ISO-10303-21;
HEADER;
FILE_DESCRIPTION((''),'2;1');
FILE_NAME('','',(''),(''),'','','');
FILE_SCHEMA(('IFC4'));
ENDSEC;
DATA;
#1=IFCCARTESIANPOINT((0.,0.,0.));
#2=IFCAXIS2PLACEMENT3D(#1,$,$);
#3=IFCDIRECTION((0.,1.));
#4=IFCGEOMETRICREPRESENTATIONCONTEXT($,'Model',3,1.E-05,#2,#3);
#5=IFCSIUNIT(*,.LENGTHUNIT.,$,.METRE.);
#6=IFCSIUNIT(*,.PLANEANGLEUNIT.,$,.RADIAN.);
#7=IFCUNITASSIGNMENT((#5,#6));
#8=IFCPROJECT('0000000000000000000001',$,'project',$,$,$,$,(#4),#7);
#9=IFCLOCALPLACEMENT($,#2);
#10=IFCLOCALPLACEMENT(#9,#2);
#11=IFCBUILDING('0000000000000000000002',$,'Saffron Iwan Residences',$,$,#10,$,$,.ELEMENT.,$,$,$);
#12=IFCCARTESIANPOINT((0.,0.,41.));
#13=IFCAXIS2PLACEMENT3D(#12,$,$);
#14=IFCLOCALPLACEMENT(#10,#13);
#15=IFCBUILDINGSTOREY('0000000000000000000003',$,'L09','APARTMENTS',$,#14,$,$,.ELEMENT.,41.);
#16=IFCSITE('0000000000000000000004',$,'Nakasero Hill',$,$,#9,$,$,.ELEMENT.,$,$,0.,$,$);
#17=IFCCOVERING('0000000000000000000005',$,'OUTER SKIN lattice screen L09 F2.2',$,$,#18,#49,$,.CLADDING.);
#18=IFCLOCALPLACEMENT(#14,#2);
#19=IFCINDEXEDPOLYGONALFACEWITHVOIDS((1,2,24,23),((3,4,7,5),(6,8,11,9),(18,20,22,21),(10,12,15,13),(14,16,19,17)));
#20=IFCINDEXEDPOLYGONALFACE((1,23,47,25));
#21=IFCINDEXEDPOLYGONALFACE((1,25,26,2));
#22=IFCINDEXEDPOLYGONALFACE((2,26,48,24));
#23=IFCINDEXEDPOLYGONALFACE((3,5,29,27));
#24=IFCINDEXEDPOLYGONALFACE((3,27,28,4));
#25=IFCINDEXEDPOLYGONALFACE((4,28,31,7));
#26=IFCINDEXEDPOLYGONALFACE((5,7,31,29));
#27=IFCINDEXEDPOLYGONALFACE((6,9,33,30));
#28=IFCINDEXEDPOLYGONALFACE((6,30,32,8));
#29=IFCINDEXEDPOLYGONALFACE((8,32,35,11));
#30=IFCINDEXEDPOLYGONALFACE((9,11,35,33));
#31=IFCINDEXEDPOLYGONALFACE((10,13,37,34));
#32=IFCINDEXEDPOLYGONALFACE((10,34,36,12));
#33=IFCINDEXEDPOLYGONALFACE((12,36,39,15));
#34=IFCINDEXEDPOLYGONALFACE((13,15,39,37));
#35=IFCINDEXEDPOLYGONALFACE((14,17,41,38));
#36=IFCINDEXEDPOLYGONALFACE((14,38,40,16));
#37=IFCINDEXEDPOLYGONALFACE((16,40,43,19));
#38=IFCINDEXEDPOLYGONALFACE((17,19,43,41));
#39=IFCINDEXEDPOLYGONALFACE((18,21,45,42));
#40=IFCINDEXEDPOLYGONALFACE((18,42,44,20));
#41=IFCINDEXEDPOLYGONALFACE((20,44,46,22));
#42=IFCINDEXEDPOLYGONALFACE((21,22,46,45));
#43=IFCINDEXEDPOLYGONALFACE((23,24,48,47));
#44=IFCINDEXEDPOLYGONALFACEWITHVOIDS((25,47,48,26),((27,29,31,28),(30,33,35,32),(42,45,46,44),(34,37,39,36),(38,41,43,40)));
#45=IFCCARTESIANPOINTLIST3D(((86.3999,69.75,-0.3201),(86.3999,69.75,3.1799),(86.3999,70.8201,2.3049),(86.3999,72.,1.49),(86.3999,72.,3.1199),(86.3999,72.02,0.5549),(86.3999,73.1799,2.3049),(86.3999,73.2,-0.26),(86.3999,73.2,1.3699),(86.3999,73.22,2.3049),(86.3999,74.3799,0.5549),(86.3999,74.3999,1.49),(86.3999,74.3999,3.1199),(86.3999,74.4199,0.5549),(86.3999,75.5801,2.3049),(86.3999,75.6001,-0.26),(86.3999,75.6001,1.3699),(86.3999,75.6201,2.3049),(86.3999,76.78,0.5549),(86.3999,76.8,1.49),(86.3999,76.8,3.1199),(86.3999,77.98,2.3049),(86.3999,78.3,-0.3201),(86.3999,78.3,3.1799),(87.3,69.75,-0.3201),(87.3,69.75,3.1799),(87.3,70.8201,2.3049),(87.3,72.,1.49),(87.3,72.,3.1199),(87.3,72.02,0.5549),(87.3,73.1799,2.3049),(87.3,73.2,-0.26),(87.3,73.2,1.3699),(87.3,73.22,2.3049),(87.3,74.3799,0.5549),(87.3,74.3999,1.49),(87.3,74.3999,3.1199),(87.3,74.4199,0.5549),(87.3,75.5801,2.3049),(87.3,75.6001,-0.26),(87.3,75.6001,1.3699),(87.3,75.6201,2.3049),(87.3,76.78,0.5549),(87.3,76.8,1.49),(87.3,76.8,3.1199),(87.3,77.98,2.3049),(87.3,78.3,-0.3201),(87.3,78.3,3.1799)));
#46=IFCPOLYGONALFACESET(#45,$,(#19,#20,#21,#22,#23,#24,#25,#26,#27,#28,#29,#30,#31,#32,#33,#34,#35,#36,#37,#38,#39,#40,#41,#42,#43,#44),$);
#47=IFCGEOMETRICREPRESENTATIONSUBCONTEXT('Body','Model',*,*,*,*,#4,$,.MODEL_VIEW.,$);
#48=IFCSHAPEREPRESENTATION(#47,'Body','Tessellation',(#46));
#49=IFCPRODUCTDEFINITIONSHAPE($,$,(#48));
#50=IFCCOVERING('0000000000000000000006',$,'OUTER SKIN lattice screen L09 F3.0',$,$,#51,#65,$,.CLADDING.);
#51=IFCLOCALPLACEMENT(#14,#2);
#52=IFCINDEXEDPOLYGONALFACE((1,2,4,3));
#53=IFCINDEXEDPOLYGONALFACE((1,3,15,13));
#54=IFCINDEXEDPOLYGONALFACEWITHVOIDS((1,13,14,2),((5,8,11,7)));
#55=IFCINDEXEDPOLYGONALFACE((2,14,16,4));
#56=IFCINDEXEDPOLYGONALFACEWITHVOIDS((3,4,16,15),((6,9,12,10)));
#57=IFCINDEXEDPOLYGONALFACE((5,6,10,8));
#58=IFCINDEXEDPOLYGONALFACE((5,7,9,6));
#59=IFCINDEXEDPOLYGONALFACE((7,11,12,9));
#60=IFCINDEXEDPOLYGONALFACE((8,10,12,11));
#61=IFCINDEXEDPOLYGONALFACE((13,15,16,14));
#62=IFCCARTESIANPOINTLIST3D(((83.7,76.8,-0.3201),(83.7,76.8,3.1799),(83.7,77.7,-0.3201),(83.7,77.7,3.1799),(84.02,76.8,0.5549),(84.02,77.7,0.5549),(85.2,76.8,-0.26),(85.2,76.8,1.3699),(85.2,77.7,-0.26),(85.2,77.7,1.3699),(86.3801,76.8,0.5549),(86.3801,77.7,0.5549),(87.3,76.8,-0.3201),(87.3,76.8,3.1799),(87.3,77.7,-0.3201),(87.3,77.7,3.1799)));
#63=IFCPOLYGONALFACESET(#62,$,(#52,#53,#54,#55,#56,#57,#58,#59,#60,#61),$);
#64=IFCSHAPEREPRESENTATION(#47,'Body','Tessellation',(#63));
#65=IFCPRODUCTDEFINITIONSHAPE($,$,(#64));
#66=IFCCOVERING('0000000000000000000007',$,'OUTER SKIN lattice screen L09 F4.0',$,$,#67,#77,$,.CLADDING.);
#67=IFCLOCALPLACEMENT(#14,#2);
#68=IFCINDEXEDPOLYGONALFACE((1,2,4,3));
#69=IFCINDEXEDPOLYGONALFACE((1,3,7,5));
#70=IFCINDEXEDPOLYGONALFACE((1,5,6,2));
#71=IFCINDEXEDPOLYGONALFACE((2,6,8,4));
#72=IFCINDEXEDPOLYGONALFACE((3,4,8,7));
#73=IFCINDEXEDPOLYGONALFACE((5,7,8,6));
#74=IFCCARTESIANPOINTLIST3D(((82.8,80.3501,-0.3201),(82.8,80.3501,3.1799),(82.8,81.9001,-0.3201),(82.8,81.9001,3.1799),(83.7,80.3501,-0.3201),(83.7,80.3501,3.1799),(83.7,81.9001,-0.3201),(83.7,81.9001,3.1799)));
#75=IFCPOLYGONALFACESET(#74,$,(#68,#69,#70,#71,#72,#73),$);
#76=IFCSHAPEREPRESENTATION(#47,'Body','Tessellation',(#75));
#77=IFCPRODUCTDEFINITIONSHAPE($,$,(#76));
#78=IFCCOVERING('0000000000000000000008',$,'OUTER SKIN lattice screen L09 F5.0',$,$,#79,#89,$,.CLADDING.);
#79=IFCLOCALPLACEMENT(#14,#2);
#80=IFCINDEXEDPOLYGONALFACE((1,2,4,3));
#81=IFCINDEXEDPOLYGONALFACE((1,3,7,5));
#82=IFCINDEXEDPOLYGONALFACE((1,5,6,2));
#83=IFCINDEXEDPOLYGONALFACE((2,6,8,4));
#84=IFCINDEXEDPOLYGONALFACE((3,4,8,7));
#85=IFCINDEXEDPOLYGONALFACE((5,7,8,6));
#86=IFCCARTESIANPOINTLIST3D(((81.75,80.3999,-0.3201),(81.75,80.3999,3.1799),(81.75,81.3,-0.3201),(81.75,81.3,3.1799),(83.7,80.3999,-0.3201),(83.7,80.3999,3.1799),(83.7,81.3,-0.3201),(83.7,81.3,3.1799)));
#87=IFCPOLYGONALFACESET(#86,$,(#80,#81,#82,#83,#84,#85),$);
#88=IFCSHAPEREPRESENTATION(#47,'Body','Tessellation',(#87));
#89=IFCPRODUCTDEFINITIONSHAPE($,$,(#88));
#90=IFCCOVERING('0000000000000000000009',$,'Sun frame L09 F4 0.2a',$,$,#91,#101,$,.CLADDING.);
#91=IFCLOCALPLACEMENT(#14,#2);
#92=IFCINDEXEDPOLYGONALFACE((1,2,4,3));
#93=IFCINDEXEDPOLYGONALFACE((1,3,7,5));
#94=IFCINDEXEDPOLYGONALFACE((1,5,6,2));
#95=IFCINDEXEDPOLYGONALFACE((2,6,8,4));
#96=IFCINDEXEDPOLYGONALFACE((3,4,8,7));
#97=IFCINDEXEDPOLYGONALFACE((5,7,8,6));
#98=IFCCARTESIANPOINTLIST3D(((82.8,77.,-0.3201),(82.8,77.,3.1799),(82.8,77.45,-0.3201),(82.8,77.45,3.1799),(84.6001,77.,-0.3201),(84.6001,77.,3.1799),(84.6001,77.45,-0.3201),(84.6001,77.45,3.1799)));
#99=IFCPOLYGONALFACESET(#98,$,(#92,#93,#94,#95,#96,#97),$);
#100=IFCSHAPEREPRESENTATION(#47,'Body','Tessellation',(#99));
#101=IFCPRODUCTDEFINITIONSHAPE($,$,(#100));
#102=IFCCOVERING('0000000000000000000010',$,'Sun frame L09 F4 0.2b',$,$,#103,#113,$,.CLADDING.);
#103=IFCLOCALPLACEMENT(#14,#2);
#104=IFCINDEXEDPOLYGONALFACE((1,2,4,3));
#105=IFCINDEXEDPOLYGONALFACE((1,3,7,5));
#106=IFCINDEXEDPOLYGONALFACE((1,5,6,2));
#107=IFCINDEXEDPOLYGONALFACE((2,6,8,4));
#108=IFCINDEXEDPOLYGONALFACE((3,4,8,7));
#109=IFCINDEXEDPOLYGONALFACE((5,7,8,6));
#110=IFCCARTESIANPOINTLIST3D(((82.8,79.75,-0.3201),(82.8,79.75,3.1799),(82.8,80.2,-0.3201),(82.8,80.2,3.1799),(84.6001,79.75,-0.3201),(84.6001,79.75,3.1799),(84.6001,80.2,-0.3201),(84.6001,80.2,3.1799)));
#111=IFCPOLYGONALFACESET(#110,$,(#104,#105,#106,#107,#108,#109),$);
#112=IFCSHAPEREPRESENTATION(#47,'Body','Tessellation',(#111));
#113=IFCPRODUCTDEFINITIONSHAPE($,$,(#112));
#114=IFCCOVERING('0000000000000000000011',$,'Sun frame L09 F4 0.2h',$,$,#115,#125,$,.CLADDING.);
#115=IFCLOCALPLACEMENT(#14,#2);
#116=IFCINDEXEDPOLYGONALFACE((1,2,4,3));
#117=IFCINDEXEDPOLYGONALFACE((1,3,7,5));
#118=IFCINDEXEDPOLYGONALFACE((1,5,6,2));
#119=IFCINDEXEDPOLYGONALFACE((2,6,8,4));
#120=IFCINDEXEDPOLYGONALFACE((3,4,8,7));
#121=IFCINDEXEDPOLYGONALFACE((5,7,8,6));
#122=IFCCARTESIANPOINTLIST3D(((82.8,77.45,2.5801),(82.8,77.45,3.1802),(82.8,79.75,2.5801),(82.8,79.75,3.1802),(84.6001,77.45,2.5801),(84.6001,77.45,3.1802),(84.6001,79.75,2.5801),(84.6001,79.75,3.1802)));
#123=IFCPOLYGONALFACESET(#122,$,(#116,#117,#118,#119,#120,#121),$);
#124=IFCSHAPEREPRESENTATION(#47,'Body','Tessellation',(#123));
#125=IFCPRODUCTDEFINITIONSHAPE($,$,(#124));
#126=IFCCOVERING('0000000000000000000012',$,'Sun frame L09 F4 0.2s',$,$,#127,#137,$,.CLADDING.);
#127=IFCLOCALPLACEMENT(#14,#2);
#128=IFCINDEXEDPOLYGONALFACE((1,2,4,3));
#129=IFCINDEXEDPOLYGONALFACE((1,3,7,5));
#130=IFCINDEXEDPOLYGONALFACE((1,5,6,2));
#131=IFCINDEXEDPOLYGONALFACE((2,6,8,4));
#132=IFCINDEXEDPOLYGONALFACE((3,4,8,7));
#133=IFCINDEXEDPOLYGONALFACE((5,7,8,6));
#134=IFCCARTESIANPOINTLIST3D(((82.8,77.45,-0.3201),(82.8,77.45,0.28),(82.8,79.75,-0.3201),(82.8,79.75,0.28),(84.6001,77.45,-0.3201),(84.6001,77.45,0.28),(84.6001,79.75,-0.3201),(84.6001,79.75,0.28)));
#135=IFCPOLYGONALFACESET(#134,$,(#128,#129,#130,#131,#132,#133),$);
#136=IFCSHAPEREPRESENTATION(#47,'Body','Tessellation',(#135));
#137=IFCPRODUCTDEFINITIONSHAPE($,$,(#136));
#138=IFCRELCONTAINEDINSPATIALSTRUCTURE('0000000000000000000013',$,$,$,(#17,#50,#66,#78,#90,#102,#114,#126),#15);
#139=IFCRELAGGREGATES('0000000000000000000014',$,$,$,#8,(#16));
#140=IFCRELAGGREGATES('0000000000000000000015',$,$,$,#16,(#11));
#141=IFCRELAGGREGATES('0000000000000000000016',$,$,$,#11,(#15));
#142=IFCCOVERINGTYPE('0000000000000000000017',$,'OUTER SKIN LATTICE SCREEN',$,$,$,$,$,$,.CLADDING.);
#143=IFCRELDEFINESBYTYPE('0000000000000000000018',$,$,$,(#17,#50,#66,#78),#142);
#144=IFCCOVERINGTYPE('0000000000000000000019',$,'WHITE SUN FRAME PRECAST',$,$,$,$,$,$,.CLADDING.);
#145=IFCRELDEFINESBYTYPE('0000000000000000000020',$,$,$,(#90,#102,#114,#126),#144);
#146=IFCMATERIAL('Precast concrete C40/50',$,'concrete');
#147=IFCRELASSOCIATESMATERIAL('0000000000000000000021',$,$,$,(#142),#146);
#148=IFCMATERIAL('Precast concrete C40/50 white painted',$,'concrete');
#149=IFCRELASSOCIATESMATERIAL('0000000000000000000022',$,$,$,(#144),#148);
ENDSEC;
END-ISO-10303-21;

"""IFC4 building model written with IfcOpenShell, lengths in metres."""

from ifc_helpers import new_model, si_unit, direction, frame, origin, place, context, subcontext, project, spatial, polyline, outline, extrude, material, type_object, element, save


model = new_model("IFC4")

# Units and contexts
model_context = context("Model", 3, precision=1e-05, world=origin(), true_north=direction((0.0, 1.0)))
body_context = subcontext(model_context, "Body", "Model", "MODEL_VIEW")
ifc_project = project(units=[si_unit("LENGTHUNIT", "METRE"), si_unit("PLANEANGLEUNIT", "RADIAN")], contexts=[model_context])

# Site, building, storey
site_placement = place(None, origin())
site = spatial("IfcSite", under=ifc_project, at=site_placement, Name="Nakasero Hill", CompositionType="ELEMENT", RefElevation=0.0)
building_placement = place(site_placement, origin())
building = spatial("IfcBuilding", under=site, at=building_placement, Name="Saffron Iwan Residences", CompositionType="ELEMENT")
storey_placement = place(building_placement, frame((0.0, 0.0, 41.0)))
storey = spatial("IfcBuildingStorey", under=building, at=storey_placement, Name="L09", Description="APARTMENTS", CompositionType="ELEMENT", Elevation=41.0)

# Coverings
ifc_material_1 = material(Name="Precast concrete C40/50", Category="concrete")
covering_type_1 = type_object("IfcCoveringType", Name="OUTER SKIN LATTICE SCREEN", PredefinedType="CLADDING", material=ifc_material_1)
covering_1_placement = place(storey_placement, frame((86.3999, 69.75, -0.3201), z_axis=(1.0, 0.0, 0.0), x_axis=(0.0, 1.0, 0.0)))
element("IfcCovering", 1, at=covering_1_placement, inside=storey, type_object=covering_type_1, Name="OUTER SKIN lattice screen L09 F2.2", PredefinedType="CLADDING", context=body_context, shape_type="SweptSolid", body=[
    extrude(outline(polyline([(0.0, 0.0), (8.55, 0.0), (8.55, 3.5), (0.0, 3.5), (0.0, 0.0)]), holes=[polyline([(2.27, 0.875), (3.45, 0.0601), (4.6299, 0.875), (3.45, 1.6899), (2.27, 0.875)]), polyline([(4.6699, 0.875), (5.8501, 0.0601), (7.03, 0.875), (5.8501, 1.6899), (4.6699, 0.875)]), polyline([(1.0701, 2.625), (2.25, 1.8101), (3.4299, 2.625), (2.25, 3.4399), (1.0701, 2.625)]), polyline([(3.47, 2.625), (4.6499, 1.8101), (5.8301, 2.625), (4.6499, 3.4399), (3.47, 2.625)]), polyline([(5.8701, 2.625), (7.05, 1.8101), (8.23, 2.625), (7.05, 3.4399), (5.8701, 2.625)])]), origin(), (0.0, 0.0, 1.0), 0.9001),
])
covering_2_placement = place(storey_placement, frame((87.3, 76.8, -0.3201), z_axis=(0.0, 1.0, 0.0), x_axis=(-1.0, 0.0, 0.0)))
element("IfcCovering", 2, at=covering_2_placement, inside=storey, type_object=covering_type_1, Name="OUTER SKIN lattice screen L09 F3.0", PredefinedType="CLADDING", context=body_context, shape_type="SweptSolid", body=[
    extrude(outline(polyline([(0.0, 0.0), (3.6001, 0.0), (3.6001, 3.5), (0.0, 3.5), (0.0, 0.0)]), holes=[polyline([(0.9199, 0.875), (2.1001, 0.0601), (3.28, 0.875), (2.1001, 1.6899), (0.9199, 0.875)])]), origin(), (0.0, 0.0, 1.0), 0.8999),
])
covering_3_placement = place(storey_placement, frame((82.8, 80.3501, -0.3201), z_axis=(1.0, 0.0, 0.0), x_axis=(0.0, 1.0, 0.0)))
element("IfcCovering", 3, at=covering_3_placement, inside=storey, type_object=covering_type_1, Name="OUTER SKIN lattice screen L09 F4.0", PredefinedType="CLADDING", context=body_context, shape_type="SweptSolid", body=[
    extrude(outline(polyline([(0.0, 0.0), (1.55, 0.0), (1.55, 3.5), (0.0, 3.5), (0.0, 0.0)])), origin(), (0.0, 0.0, 1.0), 0.8999),
])
covering_4_placement = place(storey_placement, frame((83.7, 80.3999, -0.3201), z_axis=(0.0, 1.0, 0.0), x_axis=(-1.0, 0.0, 0.0)))
element("IfcCovering", 4, at=covering_4_placement, inside=storey, type_object=covering_type_1, Name="OUTER SKIN lattice screen L09 F5.0", PredefinedType="CLADDING", context=body_context, shape_type="SweptSolid", body=[
    extrude(outline(polyline([(0.0, 0.0), (1.95, 0.0), (1.95, 3.5), (0.0, 3.5), (0.0, 0.0)])), origin(), (0.0, 0.0, 1.0), 0.9001),
])
ifc_material_2 = material(Name="Precast concrete C40/50 white painted", Category="concrete")
covering_type_2 = type_object("IfcCoveringType", Name="WHITE SUN FRAME PRECAST", PredefinedType="CLADDING", material=ifc_material_2)
for number, where, z_axis, x_axis, name in (
    (5, (82.8, 77.0, -0.3201), (1.0, 0.0, 0.0), (0.0, 1.0, 0.0), "Sun frame L09 F4 0.2a"),
    (6, (82.8, 79.75, -0.3201), (1.0, 0.0, 0.0), (0.0, 1.0, 0.0), "Sun frame L09 F4 0.2b"),
):
    element("IfcCovering", number, at=place(storey_placement, frame(where, z_axis=z_axis, x_axis=x_axis)), inside=storey, type_object=covering_type_2, Name=name, PredefinedType="CLADDING", context=body_context, shape_type="SweptSolid", body=[
        extrude(outline(polyline([(0.0, 0.0), (0.45, 0.0), (0.45, 3.5), (0.0, 3.5), (0.0, 0.0)])), origin(), (0.0, 0.0, 1.0), 1.8),
    ])
for number, where, z_axis, x_axis, name in (
    (7, (82.8, 77.45, 2.5801), (1.0, 0.0, 0.0), (0.0, 1.0, 0.0), "Sun frame L09 F4 0.2h"),
    (8, (82.8, 77.45, -0.3201), (1.0, 0.0, 0.0), (0.0, 1.0, 0.0), "Sun frame L09 F4 0.2s"),
):
    element("IfcCovering", number, at=place(storey_placement, frame(where, z_axis=z_axis, x_axis=x_axis)), inside=storey, type_object=covering_type_2, Name=name, PredefinedType="CLADDING", context=body_context, shape_type="SweptSolid", body=[
        extrude(outline(polyline([(0.0, 0.0), (2.3, 0.0), (2.3, 0.6001), (0.0, 0.6001), (0.0, 0.0)])), origin(), (0.0, 0.0, 1.0), 1.8),
    ])

save(model, "model.ifc")
